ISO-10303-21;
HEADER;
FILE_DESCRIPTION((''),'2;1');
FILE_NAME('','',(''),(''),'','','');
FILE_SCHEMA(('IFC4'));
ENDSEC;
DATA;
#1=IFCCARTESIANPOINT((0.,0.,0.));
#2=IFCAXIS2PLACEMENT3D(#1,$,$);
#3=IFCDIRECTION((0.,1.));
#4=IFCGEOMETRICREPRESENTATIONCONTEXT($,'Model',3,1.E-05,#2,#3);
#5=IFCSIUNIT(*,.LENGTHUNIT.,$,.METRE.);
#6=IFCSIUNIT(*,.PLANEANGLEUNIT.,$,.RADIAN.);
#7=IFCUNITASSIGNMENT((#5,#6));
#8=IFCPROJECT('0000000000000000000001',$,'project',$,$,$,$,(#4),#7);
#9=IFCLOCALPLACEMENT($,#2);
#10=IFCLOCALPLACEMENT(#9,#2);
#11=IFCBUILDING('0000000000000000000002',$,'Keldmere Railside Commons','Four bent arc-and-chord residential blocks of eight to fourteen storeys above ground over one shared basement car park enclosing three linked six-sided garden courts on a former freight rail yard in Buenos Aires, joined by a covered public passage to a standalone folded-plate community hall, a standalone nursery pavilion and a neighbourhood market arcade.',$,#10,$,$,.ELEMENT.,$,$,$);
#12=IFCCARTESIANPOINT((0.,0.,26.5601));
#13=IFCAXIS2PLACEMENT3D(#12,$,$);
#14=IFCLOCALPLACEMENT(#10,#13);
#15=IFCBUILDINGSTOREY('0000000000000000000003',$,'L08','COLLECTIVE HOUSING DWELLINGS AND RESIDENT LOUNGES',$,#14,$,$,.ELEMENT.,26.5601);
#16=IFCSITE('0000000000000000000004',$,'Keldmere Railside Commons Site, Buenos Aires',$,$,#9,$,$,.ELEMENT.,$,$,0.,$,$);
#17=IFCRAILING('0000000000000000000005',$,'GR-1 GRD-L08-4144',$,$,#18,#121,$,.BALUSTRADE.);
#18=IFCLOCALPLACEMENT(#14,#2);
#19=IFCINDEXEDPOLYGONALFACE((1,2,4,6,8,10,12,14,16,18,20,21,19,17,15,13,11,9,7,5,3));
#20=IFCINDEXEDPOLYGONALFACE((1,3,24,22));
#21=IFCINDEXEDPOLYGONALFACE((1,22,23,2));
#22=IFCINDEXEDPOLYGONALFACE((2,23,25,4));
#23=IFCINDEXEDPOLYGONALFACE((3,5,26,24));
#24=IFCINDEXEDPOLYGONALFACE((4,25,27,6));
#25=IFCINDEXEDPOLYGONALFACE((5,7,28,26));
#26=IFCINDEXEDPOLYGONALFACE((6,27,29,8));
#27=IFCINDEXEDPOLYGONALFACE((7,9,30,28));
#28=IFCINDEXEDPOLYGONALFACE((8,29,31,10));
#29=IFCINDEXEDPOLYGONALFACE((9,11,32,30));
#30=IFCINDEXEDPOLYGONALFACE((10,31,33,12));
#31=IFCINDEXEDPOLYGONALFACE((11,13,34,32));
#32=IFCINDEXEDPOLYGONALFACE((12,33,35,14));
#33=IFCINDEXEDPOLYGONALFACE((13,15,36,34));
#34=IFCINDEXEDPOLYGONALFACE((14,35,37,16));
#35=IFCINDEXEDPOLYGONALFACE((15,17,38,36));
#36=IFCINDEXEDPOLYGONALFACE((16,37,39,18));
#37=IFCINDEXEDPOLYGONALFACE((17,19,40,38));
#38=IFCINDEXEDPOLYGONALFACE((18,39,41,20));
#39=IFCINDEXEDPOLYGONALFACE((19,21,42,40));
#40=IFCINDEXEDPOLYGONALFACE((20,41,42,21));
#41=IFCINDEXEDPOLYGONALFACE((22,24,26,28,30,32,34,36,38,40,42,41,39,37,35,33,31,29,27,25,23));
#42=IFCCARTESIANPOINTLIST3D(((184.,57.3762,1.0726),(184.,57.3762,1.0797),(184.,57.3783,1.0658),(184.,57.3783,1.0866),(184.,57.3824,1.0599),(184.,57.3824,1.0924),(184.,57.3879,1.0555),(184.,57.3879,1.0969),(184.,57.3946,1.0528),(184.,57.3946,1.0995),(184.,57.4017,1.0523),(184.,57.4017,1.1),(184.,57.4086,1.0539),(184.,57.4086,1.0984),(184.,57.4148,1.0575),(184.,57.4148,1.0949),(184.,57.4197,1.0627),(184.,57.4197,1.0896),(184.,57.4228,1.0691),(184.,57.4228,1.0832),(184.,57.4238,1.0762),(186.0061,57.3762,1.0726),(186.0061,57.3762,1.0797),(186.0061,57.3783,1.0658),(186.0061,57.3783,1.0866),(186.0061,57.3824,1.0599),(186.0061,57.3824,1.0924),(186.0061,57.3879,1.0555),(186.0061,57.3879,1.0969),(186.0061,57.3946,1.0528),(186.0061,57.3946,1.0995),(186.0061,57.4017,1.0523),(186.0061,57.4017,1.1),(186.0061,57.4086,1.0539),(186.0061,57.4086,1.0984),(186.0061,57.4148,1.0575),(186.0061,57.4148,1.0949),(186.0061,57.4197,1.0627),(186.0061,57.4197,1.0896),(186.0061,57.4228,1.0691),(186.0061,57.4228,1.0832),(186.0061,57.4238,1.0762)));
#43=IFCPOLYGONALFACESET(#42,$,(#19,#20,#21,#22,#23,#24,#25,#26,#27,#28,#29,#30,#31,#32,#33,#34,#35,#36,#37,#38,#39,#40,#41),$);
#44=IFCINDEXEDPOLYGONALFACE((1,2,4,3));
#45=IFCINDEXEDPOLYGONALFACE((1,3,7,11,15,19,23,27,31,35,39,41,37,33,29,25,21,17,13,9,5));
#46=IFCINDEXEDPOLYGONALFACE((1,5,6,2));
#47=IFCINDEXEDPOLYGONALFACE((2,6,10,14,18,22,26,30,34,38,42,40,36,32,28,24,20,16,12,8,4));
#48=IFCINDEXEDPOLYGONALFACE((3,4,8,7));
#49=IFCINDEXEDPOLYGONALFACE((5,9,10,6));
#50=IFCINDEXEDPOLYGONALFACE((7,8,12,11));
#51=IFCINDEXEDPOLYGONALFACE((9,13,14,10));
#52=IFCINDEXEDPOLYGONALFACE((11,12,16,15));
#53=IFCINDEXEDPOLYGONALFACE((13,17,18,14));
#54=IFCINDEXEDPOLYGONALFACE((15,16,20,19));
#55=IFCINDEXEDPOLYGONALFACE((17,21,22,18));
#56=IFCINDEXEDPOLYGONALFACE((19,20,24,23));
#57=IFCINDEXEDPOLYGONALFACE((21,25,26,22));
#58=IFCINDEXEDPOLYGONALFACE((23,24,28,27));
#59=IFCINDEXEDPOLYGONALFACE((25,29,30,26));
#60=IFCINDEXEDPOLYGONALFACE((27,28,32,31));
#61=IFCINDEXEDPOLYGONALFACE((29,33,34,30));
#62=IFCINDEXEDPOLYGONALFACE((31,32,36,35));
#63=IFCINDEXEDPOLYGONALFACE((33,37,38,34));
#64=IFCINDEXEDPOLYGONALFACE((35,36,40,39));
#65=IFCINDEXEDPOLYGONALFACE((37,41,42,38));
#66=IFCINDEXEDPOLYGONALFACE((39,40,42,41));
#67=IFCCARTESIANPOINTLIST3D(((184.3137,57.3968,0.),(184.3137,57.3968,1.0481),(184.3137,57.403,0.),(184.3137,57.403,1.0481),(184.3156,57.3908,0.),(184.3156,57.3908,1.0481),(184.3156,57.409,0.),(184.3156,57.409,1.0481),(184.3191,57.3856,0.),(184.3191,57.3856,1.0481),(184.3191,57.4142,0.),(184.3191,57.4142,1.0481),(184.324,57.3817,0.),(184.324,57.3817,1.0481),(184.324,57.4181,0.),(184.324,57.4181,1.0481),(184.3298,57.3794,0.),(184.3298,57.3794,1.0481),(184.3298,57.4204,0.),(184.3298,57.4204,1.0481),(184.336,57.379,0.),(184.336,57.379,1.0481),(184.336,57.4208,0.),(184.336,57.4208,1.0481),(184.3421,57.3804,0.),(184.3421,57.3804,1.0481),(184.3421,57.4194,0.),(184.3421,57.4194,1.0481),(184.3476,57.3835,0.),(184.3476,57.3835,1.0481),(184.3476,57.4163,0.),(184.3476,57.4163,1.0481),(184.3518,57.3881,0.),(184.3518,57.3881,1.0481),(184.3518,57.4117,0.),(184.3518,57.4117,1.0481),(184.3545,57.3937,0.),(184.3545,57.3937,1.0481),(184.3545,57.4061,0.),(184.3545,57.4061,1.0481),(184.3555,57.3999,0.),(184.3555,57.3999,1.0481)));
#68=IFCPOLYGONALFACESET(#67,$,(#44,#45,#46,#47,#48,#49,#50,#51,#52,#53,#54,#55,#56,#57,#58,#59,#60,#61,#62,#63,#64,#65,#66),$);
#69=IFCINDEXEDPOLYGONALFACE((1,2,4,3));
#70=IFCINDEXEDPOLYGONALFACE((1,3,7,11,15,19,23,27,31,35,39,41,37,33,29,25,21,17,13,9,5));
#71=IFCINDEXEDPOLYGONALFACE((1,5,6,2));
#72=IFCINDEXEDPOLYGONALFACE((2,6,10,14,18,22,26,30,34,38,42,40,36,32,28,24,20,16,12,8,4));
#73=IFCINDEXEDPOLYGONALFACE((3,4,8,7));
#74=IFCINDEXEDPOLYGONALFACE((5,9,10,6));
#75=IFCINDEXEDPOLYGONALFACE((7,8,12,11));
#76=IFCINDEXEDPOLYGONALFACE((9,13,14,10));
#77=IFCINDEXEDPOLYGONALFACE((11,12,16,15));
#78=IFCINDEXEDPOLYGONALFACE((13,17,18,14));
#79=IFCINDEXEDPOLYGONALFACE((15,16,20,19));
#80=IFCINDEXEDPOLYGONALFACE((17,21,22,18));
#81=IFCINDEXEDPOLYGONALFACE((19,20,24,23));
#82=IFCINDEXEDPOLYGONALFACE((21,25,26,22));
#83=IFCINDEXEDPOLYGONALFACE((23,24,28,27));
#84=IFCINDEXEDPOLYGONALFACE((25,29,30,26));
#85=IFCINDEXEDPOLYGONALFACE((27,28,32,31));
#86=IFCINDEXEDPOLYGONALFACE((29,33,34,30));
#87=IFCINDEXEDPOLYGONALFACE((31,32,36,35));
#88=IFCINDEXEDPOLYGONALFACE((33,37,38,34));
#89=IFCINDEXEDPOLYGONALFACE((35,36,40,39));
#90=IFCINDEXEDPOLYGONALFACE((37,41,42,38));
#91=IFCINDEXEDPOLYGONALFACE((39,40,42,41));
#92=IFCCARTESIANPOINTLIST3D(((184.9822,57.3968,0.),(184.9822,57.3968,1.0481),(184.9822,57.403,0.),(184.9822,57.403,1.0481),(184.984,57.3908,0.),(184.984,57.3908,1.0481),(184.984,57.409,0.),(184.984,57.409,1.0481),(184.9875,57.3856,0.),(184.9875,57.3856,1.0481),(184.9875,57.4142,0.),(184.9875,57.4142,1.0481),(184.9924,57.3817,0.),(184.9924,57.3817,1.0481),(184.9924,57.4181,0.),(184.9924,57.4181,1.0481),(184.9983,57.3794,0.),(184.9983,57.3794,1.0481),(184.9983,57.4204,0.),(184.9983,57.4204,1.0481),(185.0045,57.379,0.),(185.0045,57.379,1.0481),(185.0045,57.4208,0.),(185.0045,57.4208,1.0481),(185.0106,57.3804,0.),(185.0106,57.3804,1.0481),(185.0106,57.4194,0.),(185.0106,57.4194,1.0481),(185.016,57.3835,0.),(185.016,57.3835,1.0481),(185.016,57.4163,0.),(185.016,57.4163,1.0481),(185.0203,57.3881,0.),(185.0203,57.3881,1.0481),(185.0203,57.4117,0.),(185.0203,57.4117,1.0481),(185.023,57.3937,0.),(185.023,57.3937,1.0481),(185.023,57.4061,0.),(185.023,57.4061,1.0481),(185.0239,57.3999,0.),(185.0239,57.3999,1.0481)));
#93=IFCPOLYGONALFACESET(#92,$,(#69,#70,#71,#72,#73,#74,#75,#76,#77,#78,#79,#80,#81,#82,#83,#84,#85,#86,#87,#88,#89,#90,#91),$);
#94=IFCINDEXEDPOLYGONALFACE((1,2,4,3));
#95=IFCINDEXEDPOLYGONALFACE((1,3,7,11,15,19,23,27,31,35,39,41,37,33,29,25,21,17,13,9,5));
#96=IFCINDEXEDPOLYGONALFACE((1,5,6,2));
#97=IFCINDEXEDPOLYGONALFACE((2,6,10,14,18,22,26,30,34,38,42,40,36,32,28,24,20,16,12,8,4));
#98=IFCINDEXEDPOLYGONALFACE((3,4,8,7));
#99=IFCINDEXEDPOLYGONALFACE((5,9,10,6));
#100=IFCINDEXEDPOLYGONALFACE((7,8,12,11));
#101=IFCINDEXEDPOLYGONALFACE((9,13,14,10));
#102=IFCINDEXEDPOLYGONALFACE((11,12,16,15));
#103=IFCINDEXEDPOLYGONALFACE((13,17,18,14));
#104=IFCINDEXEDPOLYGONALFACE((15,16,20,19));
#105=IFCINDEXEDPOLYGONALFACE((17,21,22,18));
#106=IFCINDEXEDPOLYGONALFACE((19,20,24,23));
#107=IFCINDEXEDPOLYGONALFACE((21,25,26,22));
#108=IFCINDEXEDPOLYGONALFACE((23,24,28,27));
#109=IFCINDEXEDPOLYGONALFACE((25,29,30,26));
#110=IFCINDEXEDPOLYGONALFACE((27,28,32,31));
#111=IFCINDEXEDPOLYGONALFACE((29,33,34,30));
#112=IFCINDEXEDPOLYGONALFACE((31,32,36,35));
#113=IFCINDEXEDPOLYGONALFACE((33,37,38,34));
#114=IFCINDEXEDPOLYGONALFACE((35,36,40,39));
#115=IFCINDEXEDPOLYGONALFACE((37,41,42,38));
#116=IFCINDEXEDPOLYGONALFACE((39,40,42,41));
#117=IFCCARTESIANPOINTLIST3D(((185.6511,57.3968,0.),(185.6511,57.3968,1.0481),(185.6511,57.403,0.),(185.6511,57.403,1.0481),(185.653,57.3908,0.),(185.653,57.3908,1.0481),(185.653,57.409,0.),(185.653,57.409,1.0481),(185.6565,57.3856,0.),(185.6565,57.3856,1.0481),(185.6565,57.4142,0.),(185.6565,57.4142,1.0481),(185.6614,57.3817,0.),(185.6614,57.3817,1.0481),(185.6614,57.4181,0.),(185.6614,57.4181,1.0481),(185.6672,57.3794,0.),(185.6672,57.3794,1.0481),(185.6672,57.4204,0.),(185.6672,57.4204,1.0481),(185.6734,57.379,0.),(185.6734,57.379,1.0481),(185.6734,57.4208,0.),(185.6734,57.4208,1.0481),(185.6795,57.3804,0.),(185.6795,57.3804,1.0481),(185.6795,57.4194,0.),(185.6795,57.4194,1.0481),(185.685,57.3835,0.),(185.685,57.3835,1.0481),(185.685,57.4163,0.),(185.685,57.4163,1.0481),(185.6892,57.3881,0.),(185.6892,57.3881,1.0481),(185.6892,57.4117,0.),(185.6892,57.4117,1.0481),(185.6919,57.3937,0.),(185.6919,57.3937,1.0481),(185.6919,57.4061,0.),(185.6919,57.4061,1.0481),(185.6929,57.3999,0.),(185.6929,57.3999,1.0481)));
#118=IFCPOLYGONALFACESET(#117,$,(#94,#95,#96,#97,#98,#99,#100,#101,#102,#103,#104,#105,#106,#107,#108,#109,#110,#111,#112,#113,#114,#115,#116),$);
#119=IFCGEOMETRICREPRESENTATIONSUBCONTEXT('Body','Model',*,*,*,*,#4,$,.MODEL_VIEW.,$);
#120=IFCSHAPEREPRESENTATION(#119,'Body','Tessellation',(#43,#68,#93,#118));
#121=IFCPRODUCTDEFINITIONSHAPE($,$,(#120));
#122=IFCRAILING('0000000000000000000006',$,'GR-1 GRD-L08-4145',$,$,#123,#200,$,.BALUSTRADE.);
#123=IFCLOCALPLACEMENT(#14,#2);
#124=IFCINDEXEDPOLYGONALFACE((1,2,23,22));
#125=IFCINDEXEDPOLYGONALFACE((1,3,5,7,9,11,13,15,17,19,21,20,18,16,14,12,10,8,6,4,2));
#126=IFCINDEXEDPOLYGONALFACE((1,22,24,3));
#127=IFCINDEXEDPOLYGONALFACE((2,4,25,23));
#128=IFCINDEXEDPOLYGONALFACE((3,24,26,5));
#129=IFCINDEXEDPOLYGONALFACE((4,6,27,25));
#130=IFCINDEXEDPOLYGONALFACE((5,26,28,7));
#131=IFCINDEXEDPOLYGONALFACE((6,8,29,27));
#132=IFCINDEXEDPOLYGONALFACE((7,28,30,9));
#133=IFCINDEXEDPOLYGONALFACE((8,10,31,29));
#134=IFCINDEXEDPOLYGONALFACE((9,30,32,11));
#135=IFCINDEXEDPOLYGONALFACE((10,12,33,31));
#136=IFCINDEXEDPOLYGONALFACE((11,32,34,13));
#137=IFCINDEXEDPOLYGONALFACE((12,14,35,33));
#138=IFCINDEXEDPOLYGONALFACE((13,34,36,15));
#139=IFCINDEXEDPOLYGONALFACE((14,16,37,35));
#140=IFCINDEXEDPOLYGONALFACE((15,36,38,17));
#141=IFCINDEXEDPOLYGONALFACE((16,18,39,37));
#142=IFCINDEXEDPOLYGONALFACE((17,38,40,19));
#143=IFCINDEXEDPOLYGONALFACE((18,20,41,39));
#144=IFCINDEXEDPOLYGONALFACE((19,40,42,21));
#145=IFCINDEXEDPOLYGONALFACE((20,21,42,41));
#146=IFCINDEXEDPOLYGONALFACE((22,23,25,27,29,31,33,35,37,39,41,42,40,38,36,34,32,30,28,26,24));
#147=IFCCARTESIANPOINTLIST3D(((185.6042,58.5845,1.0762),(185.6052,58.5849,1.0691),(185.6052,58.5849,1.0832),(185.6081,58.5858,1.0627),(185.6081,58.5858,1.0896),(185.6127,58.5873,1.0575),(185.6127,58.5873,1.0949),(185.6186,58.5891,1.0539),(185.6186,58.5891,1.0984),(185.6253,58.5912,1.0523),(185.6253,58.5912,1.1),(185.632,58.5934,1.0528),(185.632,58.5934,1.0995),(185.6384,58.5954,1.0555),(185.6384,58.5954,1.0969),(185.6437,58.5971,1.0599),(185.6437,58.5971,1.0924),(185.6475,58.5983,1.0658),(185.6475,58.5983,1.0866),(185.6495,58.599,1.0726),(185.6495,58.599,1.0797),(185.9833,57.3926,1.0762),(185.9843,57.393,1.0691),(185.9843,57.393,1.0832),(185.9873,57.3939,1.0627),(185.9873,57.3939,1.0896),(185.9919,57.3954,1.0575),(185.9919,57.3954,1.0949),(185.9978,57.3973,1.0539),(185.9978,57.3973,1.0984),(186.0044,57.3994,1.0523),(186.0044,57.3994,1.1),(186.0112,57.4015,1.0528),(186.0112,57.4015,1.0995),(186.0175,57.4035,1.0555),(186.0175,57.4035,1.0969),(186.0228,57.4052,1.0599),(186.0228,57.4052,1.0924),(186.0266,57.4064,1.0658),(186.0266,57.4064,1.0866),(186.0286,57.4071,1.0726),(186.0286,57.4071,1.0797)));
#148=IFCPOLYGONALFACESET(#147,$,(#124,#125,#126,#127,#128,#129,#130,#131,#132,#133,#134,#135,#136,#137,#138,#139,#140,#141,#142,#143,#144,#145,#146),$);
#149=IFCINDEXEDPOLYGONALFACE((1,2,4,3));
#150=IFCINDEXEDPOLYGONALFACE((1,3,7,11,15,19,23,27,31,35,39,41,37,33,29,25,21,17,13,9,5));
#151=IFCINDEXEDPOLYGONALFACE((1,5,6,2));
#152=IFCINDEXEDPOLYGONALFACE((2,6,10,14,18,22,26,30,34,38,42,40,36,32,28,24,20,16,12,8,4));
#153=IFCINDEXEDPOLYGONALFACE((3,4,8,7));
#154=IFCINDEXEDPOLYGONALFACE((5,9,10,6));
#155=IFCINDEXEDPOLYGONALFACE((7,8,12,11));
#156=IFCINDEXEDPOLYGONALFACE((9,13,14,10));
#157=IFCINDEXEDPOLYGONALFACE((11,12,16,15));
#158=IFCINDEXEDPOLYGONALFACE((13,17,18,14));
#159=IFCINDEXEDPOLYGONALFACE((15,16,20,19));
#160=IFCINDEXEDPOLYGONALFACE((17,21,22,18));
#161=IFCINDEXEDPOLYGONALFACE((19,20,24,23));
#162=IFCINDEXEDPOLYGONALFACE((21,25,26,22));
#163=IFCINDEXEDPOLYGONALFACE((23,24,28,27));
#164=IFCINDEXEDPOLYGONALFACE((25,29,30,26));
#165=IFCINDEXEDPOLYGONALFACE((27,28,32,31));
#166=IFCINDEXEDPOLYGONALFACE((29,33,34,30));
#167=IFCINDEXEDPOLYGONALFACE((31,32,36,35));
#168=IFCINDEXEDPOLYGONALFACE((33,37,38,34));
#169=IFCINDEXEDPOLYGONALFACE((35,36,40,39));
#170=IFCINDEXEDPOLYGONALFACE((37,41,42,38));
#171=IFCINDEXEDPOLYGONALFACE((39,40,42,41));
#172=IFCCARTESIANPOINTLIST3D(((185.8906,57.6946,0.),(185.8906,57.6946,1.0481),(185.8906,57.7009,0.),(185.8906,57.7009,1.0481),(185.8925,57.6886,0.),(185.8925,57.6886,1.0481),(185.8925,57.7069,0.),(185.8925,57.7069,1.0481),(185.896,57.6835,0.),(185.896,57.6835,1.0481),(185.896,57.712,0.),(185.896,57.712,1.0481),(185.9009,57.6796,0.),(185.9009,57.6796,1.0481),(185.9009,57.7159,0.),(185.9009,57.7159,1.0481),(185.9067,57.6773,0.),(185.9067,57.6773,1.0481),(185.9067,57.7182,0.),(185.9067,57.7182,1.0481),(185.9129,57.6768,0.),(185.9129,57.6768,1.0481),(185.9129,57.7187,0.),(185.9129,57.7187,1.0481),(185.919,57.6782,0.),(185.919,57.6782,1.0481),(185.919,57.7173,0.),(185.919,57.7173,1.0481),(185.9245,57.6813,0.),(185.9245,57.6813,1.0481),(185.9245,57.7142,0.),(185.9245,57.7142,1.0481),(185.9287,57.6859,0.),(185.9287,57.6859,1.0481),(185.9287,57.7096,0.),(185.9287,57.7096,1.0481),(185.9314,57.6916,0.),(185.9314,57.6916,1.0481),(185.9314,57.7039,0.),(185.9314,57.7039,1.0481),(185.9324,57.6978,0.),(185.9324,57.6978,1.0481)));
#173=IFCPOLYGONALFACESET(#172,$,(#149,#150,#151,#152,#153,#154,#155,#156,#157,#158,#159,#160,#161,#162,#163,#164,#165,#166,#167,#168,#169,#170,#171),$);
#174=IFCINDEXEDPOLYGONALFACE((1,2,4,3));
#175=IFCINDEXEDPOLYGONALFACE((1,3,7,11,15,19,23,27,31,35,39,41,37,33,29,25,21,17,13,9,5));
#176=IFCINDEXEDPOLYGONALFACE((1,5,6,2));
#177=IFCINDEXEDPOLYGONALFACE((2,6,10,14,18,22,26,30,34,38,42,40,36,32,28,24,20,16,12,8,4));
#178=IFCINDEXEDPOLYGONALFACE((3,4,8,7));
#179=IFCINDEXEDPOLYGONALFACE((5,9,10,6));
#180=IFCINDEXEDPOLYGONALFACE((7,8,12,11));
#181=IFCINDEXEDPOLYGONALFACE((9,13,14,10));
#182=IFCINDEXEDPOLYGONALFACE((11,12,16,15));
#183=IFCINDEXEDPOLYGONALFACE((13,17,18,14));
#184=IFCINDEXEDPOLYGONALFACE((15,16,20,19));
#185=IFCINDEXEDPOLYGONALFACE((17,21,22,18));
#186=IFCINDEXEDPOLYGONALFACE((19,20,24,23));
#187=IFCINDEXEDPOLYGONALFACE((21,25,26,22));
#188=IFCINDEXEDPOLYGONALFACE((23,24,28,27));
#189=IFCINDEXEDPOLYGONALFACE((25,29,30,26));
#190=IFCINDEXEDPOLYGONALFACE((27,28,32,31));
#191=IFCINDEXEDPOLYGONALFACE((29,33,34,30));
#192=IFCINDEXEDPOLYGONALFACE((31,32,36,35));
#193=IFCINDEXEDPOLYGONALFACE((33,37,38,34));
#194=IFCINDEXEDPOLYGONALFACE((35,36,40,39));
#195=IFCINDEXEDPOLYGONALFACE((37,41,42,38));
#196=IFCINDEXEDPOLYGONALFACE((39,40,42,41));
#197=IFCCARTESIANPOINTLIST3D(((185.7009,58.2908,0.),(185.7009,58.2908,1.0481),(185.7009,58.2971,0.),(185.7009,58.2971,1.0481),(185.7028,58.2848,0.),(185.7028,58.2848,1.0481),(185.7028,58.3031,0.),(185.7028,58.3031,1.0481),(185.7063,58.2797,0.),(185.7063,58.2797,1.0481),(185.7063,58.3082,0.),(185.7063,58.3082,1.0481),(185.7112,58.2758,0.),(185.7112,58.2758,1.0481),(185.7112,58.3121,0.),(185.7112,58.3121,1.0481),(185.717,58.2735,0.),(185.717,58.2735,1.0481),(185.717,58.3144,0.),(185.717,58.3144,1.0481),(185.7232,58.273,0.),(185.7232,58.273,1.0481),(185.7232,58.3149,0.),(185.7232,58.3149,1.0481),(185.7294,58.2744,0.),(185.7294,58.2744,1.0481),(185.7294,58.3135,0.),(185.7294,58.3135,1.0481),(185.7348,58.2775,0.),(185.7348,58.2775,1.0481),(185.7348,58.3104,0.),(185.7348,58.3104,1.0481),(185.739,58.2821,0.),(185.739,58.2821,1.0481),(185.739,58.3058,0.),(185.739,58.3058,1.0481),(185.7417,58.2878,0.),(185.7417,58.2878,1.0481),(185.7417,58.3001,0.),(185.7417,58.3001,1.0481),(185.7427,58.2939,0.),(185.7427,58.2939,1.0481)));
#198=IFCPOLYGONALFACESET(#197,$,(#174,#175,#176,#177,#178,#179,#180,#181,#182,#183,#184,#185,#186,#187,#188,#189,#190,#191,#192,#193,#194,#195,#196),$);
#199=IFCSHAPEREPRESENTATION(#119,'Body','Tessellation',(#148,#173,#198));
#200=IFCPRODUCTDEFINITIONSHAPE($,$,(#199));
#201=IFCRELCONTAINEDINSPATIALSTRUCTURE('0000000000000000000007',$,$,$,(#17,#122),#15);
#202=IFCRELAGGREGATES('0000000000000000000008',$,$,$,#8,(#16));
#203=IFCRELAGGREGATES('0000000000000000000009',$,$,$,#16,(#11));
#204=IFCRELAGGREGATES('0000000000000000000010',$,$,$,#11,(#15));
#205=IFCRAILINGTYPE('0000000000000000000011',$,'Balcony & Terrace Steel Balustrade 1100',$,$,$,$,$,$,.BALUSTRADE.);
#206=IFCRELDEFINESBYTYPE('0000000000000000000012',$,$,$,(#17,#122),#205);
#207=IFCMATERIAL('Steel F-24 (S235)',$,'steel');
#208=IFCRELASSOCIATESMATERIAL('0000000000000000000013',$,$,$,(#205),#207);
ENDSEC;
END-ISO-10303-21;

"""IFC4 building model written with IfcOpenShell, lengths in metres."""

from ifc_helpers import new_model, si_unit, direction, frame, origin, origin_2d, place, context, subcontext, project, spatial, circle, extrude, material, type_object, element, save


model = new_model("IFC4")

# Units and contexts
model_context = context("Model", 3, precision=1e-05, world=origin(), true_north=direction((0.0, 1.0)))
body_context = subcontext(model_context, "Body", "Model", "MODEL_VIEW")
ifc_project = project(units=[si_unit("LENGTHUNIT", "METRE"), si_unit("PLANEANGLEUNIT", "RADIAN")], contexts=[model_context])

# Site, building, storey
site_placement = place(None, origin())
site = spatial("IfcSite", under=ifc_project, at=site_placement, Name="Keldmere Railside Commons Site, Buenos Aires", CompositionType="ELEMENT", RefElevation=0.0)
building_placement = place(site_placement, origin())
building = spatial("IfcBuilding", under=site, at=building_placement, Name="Keldmere Railside Commons", Description="Four bent arc-and-chord residential blocks of eight to fourteen storeys above ground over one shared basement car park enclosing three linked six-sided garden courts on a former freight rail yard in Buenos Aires, joined by a covered public passage to a standalone folded-plate community hall, a standalone nursery pavilion and a neighbourhood market arcade.", CompositionType="ELEMENT")
storey_placement = place(building_placement, frame((0.0, 0.0, 26.5601)))
storey = spatial("IfcBuildingStorey", under=building, at=storey_placement, Name="L08", Description="COLLECTIVE HOUSING DWELLINGS AND RESIDENT LOUNGES", CompositionType="ELEMENT", Elevation=26.5601)

# Railings
ifc_material_1 = material(Name="Steel F-24 (S235)", Category="steel")
railing_type = type_object("IfcRailingType", Name="Balcony & Terrace Steel Balustrade 1100", PredefinedType="BALUSTRADE", material=ifc_material_1)
railing_1_placement = place(storey_placement, frame((184.0, 57.3999, 0.0)))
element("IfcRailing", 1, at=railing_1_placement, inside=storey, type_object=railing_type, Name="GR-1 GRD-L08-4144", PredefinedType="BALUSTRADE", context=body_context, shape_type="SweptSolid", body=[
    extrude(circle(Radius=0.0239, at=origin_2d()), frame((0.0, 0.0, 1.0762), z_axis=(1.0, 0.0, 0.0), x_axis=(0.0, 1.0, 0.0)), (0.0, 0.0, 1.0), 2.0061),
    extrude(circle(Radius=0.021, at=origin_2d()), frame((0.3345, 0.0, 0.0)), (0.0, 0.0, 1.0), 1.0481),
    extrude(circle(Radius=0.021, at=origin_2d()), frame((1.0029, 0.0, 0.0)), (0.0, 0.0, 1.0), 1.0481),
    extrude(circle(Radius=0.021, at=origin_2d()), frame((1.6719, 0.0, 0.0)), (0.0, 0.0, 1.0), 1.0481),
])
railing_2_placement = place(storey_placement, frame((186.0061, 57.3999, 0.0)))
element("IfcRailing", 2, at=railing_2_placement, inside=storey, type_object=railing_type, Name="GR-1 GRD-L08-4145", PredefinedType="BALUSTRADE", context=body_context, shape_type="SweptSolid", body=[
    extrude(circle(Radius=0.0239, at=origin_2d()), frame((0.0, 0.0, 1.0762), z_axis=(-0.303139, 0.952946, 0.0), x_axis=(-0.952946, -0.303139, 0.0)), (0.0, 0.0, 1.0), 1.2507),
    extrude(circle(Radius=0.021, at=origin_2d()), frame((-0.0947, 0.2979, 0.0)), (0.0, 0.0, 1.0), 1.0481),
    extrude(circle(Radius=0.021, at=origin_2d()), frame((-0.2844, 0.894, 0.0)), (0.0, 0.0, 1.0), 1.0481),
])

save(model, "model.ifc")
